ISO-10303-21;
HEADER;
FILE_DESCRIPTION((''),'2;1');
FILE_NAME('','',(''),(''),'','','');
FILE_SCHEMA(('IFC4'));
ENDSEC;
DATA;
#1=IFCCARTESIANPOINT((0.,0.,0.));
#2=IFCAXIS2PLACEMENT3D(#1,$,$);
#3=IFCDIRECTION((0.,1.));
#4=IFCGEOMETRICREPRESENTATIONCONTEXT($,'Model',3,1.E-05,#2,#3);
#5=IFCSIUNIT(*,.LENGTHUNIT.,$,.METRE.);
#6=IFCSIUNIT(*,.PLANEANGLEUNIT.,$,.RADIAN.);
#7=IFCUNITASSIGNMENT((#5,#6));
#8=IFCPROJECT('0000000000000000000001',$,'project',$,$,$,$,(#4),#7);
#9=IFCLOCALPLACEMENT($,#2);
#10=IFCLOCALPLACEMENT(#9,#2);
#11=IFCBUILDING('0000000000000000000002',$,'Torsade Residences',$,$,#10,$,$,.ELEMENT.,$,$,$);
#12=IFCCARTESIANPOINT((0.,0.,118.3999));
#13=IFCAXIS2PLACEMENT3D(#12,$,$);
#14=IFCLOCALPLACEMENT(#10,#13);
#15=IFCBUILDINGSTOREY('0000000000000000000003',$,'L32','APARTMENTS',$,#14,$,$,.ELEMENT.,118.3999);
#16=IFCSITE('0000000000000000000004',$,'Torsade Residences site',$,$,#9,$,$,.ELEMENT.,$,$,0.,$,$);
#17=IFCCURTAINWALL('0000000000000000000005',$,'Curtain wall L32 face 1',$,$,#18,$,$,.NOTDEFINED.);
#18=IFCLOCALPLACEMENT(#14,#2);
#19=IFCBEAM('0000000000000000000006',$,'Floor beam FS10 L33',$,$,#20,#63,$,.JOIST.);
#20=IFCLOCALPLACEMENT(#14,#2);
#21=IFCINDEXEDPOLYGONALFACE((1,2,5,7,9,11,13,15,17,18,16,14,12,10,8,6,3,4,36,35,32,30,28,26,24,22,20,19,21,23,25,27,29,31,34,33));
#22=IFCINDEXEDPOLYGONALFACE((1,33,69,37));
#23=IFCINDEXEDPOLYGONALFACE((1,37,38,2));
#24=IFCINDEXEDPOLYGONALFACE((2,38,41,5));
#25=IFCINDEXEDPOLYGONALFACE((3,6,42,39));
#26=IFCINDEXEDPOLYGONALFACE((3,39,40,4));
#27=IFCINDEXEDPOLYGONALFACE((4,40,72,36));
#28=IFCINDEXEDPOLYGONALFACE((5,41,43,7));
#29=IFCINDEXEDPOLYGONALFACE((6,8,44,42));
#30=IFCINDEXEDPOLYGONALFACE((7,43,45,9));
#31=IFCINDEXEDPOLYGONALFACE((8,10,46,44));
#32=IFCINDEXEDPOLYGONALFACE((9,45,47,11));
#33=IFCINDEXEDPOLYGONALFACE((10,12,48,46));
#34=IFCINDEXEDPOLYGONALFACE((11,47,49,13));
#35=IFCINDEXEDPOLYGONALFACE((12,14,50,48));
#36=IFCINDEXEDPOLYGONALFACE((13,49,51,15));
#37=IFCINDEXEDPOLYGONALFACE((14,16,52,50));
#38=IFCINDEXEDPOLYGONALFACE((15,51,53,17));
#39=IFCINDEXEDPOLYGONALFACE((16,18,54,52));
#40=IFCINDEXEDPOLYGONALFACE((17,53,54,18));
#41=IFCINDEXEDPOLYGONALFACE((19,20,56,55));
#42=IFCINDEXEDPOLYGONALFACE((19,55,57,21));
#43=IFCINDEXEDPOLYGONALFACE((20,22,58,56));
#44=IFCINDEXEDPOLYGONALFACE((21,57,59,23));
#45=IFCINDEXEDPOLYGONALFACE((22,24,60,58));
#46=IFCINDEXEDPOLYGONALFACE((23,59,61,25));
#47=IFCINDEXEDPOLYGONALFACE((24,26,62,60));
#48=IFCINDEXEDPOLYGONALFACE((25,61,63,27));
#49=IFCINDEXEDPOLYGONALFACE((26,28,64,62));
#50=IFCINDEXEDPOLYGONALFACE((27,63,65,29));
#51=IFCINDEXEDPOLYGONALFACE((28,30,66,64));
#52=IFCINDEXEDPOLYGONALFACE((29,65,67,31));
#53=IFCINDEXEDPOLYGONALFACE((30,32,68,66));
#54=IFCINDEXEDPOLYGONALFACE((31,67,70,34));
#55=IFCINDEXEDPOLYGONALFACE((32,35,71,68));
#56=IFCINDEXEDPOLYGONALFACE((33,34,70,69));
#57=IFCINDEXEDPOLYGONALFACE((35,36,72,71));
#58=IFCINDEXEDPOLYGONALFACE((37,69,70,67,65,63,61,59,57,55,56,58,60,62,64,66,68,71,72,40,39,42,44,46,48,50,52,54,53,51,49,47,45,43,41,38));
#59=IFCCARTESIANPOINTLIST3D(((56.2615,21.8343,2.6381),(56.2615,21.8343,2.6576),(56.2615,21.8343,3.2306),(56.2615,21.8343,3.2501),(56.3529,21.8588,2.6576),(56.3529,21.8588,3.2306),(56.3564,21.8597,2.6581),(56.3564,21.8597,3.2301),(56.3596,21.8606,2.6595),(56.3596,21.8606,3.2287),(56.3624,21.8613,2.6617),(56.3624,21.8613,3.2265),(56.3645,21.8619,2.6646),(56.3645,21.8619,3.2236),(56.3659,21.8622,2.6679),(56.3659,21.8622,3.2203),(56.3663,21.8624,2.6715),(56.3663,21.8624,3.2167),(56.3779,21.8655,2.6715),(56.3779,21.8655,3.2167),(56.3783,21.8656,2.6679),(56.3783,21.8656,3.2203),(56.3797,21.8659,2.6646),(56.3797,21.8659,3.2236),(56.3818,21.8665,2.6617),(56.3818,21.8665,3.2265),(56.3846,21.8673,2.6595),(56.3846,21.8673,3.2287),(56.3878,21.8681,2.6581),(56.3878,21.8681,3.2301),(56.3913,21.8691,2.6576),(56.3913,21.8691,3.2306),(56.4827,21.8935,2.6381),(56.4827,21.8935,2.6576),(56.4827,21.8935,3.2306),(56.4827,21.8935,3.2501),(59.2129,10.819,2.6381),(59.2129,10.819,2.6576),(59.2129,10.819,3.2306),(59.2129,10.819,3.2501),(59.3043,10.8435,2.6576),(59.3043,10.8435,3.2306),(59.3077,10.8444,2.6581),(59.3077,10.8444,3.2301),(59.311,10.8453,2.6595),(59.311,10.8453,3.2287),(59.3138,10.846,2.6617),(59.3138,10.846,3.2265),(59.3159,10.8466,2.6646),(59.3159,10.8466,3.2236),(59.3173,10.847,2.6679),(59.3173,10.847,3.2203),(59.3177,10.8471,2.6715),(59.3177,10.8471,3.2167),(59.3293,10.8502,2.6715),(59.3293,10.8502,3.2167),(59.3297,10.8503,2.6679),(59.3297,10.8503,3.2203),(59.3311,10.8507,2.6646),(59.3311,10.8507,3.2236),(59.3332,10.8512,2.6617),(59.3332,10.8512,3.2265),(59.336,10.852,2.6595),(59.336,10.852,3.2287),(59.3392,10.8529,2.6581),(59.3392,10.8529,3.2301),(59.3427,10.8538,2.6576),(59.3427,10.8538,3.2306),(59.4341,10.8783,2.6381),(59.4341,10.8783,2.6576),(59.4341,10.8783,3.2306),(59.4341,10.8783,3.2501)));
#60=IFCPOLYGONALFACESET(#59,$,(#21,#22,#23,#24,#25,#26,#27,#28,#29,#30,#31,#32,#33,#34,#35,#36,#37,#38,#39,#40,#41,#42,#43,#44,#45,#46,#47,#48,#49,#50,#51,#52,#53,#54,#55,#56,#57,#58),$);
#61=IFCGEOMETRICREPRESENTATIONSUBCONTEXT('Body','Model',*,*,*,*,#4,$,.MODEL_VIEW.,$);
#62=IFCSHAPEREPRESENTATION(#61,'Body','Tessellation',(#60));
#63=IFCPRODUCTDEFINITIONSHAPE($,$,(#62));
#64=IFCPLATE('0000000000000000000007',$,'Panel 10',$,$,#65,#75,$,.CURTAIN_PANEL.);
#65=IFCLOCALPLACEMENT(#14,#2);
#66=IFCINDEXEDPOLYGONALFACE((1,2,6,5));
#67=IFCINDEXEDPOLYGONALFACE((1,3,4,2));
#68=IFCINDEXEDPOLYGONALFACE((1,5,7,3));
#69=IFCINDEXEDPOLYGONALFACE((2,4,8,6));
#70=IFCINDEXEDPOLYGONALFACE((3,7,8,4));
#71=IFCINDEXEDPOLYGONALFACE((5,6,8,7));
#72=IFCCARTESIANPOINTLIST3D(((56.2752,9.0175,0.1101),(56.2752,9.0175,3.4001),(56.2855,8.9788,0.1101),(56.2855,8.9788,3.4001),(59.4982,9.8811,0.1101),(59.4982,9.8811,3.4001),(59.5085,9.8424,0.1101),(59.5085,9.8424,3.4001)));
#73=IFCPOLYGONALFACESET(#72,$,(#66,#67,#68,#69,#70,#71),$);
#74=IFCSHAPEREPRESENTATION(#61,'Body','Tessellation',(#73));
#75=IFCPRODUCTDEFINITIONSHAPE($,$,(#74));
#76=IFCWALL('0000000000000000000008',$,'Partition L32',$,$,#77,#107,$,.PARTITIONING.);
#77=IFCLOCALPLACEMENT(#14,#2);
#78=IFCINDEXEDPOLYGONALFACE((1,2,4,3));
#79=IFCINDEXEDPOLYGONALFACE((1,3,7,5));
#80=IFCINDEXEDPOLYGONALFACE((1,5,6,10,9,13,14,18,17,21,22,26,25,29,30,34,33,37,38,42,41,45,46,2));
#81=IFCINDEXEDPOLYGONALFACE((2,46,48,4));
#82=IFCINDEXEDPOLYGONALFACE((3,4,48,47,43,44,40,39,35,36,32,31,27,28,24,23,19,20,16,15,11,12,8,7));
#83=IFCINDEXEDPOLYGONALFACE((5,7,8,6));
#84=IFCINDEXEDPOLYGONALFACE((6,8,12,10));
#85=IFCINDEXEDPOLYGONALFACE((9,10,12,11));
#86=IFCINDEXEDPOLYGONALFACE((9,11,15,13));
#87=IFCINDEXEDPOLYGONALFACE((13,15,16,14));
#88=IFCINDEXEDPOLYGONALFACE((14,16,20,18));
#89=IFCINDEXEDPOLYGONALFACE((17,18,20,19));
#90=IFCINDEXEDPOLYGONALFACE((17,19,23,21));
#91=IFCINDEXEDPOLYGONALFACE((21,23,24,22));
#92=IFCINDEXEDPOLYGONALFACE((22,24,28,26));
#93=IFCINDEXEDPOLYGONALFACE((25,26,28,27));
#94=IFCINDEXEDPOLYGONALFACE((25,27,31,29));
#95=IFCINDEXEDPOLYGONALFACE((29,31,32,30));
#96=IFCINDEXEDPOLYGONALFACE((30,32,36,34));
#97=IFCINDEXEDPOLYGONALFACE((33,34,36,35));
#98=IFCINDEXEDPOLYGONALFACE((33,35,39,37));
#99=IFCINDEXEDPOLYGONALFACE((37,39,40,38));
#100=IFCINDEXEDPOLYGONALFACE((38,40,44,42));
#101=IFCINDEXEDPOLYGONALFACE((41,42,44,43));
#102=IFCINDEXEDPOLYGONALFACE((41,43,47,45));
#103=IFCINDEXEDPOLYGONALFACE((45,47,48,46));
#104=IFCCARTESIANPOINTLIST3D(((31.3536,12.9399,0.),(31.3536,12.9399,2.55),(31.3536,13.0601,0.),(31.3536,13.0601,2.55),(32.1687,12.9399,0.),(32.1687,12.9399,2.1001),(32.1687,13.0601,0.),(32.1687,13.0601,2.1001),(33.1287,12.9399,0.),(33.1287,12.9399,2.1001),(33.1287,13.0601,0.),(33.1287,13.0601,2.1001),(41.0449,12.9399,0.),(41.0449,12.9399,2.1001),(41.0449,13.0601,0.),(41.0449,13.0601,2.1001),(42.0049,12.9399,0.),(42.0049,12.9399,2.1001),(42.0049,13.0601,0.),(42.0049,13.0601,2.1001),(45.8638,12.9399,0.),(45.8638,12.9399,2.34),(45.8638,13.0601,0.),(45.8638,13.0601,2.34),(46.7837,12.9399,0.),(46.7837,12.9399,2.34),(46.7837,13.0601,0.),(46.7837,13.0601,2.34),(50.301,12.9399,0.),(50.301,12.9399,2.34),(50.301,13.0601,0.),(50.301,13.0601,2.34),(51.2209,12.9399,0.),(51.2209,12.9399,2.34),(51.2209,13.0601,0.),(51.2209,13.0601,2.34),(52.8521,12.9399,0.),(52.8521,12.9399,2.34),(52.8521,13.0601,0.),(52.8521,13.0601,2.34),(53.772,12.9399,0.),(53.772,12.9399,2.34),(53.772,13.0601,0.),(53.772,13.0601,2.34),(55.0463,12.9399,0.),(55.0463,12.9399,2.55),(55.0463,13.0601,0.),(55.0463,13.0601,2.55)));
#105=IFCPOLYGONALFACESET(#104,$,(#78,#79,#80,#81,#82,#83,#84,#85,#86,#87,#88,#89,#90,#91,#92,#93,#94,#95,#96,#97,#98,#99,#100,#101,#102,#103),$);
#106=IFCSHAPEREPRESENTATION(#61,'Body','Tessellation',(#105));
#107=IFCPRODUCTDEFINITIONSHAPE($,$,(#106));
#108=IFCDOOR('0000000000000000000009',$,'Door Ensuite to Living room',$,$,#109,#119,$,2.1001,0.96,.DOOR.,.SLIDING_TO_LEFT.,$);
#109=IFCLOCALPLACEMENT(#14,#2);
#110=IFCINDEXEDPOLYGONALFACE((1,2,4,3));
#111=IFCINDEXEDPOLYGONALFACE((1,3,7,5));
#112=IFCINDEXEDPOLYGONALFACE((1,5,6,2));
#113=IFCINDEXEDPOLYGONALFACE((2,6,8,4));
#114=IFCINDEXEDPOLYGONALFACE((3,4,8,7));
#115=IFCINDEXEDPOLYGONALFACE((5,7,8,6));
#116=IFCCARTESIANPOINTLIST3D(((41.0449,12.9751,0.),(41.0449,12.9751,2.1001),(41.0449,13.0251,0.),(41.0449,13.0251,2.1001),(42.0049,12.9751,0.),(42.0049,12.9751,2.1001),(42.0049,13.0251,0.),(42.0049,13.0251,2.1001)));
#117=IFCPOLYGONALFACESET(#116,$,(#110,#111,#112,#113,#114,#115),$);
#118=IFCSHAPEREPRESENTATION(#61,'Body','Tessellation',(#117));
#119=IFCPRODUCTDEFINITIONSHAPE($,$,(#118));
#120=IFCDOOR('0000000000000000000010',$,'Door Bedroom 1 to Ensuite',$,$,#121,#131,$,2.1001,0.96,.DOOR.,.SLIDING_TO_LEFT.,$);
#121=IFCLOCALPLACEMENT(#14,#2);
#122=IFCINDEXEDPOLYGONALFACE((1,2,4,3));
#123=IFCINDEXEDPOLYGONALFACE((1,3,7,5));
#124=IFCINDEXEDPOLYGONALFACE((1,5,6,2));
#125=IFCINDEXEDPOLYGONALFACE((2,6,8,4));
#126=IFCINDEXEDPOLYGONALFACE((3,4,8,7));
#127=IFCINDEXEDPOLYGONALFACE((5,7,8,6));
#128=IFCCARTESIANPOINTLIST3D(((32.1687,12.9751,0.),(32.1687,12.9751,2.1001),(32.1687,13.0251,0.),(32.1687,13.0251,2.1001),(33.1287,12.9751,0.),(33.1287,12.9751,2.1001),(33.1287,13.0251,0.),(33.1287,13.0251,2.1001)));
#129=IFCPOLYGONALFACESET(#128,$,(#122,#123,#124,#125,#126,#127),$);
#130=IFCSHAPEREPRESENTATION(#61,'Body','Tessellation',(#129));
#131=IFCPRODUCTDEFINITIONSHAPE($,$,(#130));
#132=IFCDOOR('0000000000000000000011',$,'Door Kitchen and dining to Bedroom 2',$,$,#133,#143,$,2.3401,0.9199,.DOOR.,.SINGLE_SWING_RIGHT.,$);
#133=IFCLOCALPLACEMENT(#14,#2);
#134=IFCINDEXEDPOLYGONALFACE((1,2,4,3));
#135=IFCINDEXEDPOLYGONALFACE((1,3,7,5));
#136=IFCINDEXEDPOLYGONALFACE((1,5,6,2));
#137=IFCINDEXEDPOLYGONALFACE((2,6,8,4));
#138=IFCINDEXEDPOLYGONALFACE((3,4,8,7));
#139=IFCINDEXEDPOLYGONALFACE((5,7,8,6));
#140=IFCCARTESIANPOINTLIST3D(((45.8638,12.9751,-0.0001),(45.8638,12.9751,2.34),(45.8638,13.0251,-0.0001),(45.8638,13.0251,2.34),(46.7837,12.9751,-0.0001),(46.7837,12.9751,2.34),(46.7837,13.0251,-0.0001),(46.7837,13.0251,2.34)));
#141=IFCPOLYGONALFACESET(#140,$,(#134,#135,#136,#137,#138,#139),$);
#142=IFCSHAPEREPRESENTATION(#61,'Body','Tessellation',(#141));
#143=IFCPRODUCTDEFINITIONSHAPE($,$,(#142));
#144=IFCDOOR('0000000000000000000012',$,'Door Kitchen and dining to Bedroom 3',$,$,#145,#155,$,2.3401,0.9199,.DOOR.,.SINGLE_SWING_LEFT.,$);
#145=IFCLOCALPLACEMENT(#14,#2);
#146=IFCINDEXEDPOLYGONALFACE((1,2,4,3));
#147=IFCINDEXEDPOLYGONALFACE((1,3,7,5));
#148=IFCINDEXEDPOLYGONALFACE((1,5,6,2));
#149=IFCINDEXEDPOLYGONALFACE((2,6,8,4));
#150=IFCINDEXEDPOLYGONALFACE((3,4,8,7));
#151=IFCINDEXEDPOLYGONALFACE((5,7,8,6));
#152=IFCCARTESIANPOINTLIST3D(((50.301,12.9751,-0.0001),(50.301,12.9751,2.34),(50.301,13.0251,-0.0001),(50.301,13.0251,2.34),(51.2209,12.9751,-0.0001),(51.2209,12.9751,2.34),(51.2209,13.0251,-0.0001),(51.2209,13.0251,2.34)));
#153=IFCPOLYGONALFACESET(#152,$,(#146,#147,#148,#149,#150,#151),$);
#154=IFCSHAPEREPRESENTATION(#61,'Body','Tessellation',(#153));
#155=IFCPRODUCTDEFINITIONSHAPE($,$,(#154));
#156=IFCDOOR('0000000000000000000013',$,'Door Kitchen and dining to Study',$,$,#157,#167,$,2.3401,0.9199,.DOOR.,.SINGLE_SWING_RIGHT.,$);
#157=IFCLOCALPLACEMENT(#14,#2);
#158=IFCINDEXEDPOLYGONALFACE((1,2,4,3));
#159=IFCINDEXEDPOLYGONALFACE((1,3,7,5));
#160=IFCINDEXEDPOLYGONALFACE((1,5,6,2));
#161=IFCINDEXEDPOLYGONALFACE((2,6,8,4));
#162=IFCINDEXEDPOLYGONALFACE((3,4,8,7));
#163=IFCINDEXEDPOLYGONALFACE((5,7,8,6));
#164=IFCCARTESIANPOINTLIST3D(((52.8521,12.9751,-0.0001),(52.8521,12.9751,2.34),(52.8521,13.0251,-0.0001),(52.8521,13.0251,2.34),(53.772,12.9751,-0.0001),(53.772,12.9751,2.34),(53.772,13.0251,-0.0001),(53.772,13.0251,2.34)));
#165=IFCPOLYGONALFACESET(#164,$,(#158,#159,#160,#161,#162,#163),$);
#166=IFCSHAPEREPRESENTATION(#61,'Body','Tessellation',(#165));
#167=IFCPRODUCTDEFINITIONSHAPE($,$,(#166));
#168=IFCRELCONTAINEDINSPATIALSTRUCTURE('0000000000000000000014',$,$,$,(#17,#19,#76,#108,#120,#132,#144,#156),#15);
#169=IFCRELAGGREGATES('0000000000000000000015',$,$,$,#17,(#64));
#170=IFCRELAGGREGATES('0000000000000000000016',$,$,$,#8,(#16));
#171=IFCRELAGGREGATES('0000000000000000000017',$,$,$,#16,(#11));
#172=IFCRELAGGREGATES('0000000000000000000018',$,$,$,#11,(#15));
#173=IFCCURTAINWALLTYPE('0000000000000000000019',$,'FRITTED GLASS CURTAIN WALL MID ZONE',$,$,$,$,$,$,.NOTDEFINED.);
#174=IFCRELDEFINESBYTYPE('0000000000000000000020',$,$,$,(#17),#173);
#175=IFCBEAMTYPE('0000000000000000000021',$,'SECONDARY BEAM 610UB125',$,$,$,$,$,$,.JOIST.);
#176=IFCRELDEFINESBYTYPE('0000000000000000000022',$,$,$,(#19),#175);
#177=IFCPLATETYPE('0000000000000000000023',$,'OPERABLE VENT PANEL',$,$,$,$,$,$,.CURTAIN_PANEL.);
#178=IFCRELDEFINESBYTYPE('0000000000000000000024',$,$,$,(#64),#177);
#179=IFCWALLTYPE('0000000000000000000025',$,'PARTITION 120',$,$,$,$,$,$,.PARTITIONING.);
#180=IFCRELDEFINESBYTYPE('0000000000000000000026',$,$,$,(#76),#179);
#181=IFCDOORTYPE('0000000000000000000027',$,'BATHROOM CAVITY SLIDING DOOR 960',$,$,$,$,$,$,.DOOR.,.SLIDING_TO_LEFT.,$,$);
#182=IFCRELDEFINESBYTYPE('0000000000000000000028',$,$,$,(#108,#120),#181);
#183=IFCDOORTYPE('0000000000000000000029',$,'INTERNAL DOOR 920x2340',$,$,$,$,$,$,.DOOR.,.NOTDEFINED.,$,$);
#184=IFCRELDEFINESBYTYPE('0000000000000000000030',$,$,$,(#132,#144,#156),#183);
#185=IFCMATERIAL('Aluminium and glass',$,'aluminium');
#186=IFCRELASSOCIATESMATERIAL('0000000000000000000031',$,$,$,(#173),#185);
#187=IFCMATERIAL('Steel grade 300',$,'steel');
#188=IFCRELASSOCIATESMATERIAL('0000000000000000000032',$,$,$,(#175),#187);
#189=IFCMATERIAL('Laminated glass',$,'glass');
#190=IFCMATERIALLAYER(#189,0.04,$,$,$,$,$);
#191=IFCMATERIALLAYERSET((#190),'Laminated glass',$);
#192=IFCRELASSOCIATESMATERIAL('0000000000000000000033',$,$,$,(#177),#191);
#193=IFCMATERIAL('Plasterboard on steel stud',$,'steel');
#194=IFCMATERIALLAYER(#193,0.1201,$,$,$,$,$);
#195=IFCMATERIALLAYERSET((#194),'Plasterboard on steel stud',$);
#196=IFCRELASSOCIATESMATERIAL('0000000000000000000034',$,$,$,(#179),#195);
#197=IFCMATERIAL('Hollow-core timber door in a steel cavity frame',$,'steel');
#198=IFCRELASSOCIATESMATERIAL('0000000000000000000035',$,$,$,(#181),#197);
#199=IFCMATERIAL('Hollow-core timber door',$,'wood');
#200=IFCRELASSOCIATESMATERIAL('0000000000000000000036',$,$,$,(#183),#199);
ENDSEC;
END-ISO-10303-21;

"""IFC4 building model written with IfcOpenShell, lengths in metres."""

from ifc_helpers import new_model, si_unit, direction, frame, frame_2d, origin, origin_2d, place, context, subcontext, project, spatial, rectangle, i_section, extrude, material, layer, layer_set, material_profile, profile_set, type_object, element, fill, aggregate, save


model = new_model("IFC4")

# Units and contexts
model_context = context("Model", 3, precision=1e-05, world=origin(), true_north=direction((0.0, 1.0)))
body_context = subcontext(model_context, "Body", "Model", "MODEL_VIEW")
ifc_project = project(units=[si_unit("LENGTHUNIT", "METRE"), si_unit("PLANEANGLEUNIT", "RADIAN")], contexts=[model_context])

# Site, building, storey
site_placement = place(None, origin())
site = spatial("IfcSite", under=ifc_project, at=site_placement, Name="Torsade Residences site", CompositionType="ELEMENT", RefElevation=0.0)
building_placement = place(site_placement, origin())
building = spatial("IfcBuilding", under=site, at=building_placement, Name="Torsade Residences", CompositionType="ELEMENT")
storey_placement = place(building_placement, frame((0.0, 0.0, 118.3999)))
storey = spatial("IfcBuildingStorey", under=building, at=storey_placement, Name="L32", Description="APARTMENTS", CompositionType="ELEMENT", Elevation=118.3999)

# Curtain wall
ifc_material_1 = material(Name="Aluminium and glass", Category="aluminium")
curtain_wall_type = type_object("IfcCurtainWallType", Name="FRITTED GLASS CURTAIN WALL MID ZONE", PredefinedType="NOTDEFINED", material=ifc_material_1)
curtain_wall_placement = place(storey_placement, origin())
curtain_wall = element("IfcCurtainWall", 1, at=curtain_wall_placement, inside=storey, type_object=curtain_wall_type, Name="Curtain wall L32 face 1", PredefinedType="NOTDEFINED")

# Beam
ifc_material_2 = material(Name="Steel grade 300", Category="steel")
ifc_material_profile_1 = material_profile(ifc_material_2, i_section(OverallWidth=0.229, OverallDepth=0.6121, WebThickness=0.012, FlangeThickness=0.0195, FilletRadius=0.0139, at=origin_2d()), Name="610UB125")
ifc_profile_set_1 = profile_set([ifc_material_profile_1], Name="Steel grade 300")
beam_type_1 = type_object("IfcBeamType", Name="SECONDARY BEAM 610UB125", PredefinedType="JOIST", material=ifc_profile_set_1)
beam_1_placement = place(storey_placement, frame((59.3235, 10.8486, 2.9441), z_axis=(-0.258807, 0.965929, 0.0), x_axis=(-0.965929, -0.258807, 0.0)))
element("IfcBeam", 2, at=beam_1_placement, inside=storey, type_object=beam_type_1, Name="Floor beam FS10 L33", PredefinedType="JOIST", context=body_context, shape_type="SweptSolid", body=[
    extrude(i_section(OverallWidth=0.229, OverallDepth=0.6121, WebThickness=0.012, FlangeThickness=0.0195, FilletRadius=0.0139, at=origin_2d()), origin(), (0.0, 0.0, 1.0), 11.4038),
])

# Plate
ifc_material_3 = material(Name="Laminated glass", Category="glass")
ifc_layer_1 = layer(ifc_material_3, 0.04)
ifc_layer_set_1 = layer_set([ifc_layer_1], Name="Laminated glass")
plate_type = type_object("IfcPlateType", Name="OPERABLE VENT PANEL", PredefinedType="CURTAIN_PANEL", material=ifc_layer_set_1)
plate_placement = place(storey_placement, frame((57.8918, 9.4299, 0.1101), z_axis=(0.0, 0.0, 1.0), x_axis=(0.965926, 0.258819, 0.0)))
plate = element("IfcPlate", 3, at=plate_placement, type_object=plate_type, Name="Panel 10", PredefinedType="CURTAIN_PANEL", context=body_context, shape_type="SweptSolid", body=[
    extrude(rectangle(XDim=3.3367, YDim=0.04, at=origin_2d()), origin(), (0.0, 0.0, 1.0), 3.29),
])
aggregate(curtain_wall, [plate])

# Wall, openings, doors
ifc_material_4 = material(Name="Plasterboard on steel stud", Category="steel")
ifc_layer_2 = layer(ifc_material_4, 0.1201)
ifc_layer_set_2 = layer_set([ifc_layer_2], Name="Plasterboard on steel stud")
wall_type_1 = type_object("IfcWallType", Name="PARTITION 120", PredefinedType="PARTITIONING", material=ifc_layer_set_2)
wall_1_placement = place(storey_placement, frame((55.0461, 13.0, 0.0), z_axis=(0.0, 0.0, 1.0), x_axis=(-1.0, 0.0, 0.0)))
wall_1 = element("IfcWall", 4, at=wall_1_placement, inside=storey, type_object=wall_type_1, Name="Partition L32", PredefinedType="PARTITIONING", context=body_context, shape_type="SweptSolid", body=[
    extrude(rectangle(XDim=23.6926, YDim=0.1201, at=frame_2d((11.8462, 0.0))), origin(), (0.0, 0.0, 1.0), 2.55),
])
opening_1_placement = place(wall_1_placement, frame((8.2625, 0.0, 0.0)))
opening_1 = element("IfcOpeningElement", 5, at=opening_1_placement, cuts=wall_1, PredefinedType="OPENING", context=body_context, shape_type="SweptSolid", body=[
    extrude(rectangle(XDim=0.9199, YDim=2.3401, at=frame_2d((0.46, 1.1699))), frame((0.0, 0.0701, 0.0), z_axis=(0.0, -1.0, 0.0), x_axis=(1.0, 0.0, 0.0)), (0.0, 0.0, 1.0), 0.1401),
])
opening_2_placement = place(wall_1_placement, frame((3.8252, 0.0, 0.0)))
opening_2 = element("IfcOpeningElement", 6, at=opening_2_placement, cuts=wall_1, PredefinedType="OPENING", context=body_context, shape_type="SweptSolid", body=[
    extrude(rectangle(XDim=0.9199, YDim=2.3401, at=frame_2d((0.46, 1.1699))), frame((0.0, 0.0701, 0.0), z_axis=(0.0, -1.0, 0.0), x_axis=(1.0, 0.0, 0.0)), (0.0, 0.0, 1.0), 0.1401),
])
opening_3_placement = place(wall_1_placement, frame((1.2742, 0.0, 0.0)))
opening_3 = element("IfcOpeningElement", 7, at=opening_3_placement, cuts=wall_1, PredefinedType="OPENING", context=body_context, shape_type="SweptSolid", body=[
    extrude(rectangle(XDim=0.9199, YDim=2.3401, at=frame_2d((0.46, 1.1699))), frame((0.0, 0.0701, 0.0), z_axis=(0.0, -1.0, 0.0), x_axis=(1.0, 0.0, 0.0)), (0.0, 0.0, 1.0), 0.1401),
])
opening_4_placement = place(wall_1_placement, frame((13.0413, 0.0, 0.0)))
opening_4 = element("IfcOpeningElement", 8, at=opening_4_placement, cuts=wall_1, PredefinedType="OPENING", context=body_context, shape_type="SweptSolid", body=[
    extrude(rectangle(XDim=0.96, YDim=2.1001, at=frame_2d((0.48, 1.05))), frame((0.0, 0.0701, 0.0), z_axis=(0.0, -1.0, 0.0), x_axis=(1.0, 0.0, 0.0)), (0.0, 0.0, 1.0), 0.1401),
])
opening_5_placement = place(wall_1_placement, frame((21.9175, 0.0, 0.0)))
opening_5 = element("IfcOpeningElement", 9, at=opening_5_placement, cuts=wall_1, PredefinedType="OPENING", context=body_context, shape_type="SweptSolid", body=[
    extrude(rectangle(XDim=0.96, YDim=2.1001, at=frame_2d((0.48, 1.05))), frame((0.0, 0.0701, 0.0), z_axis=(0.0, -1.0, 0.0), x_axis=(1.0, 0.0, 0.0)), (0.0, 0.0, 1.0), 0.1401),
])
ifc_material_5 = material(Name="Hollow-core timber door in a steel cavity frame", Category="steel")
door_type_1 = type_object("IfcDoorType", Name="BATHROOM CAVITY SLIDING DOOR 960", OperationType="SLIDING_TO_LEFT", PredefinedType="DOOR", material=ifc_material_5)
door_1_placement = place(opening_4_placement, origin())
door_1 = element("IfcDoor", 10, at=door_1_placement, inside=storey, type_object=door_type_1, Name="Door Ensuite to Living room", OperationType="SLIDING_TO_LEFT", OverallHeight=2.1001, OverallWidth=0.96, PredefinedType="DOOR", context=body_context, shape_type="SweptSolid", body=[
    extrude(rectangle(XDim=0.96, YDim=2.1001, at=frame_2d((0.48, 1.05))), frame((0.0, 0.0249, 0.0), z_axis=(0.0, -1.0, 0.0), x_axis=(1.0, 0.0, 0.0)), (0.0, 0.0, 1.0), 0.05),
])
fill(opening_4, door_1)
door_2_placement = place(opening_5_placement, origin())
door_2 = element("IfcDoor", 11, at=door_2_placement, inside=storey, type_object=door_type_1, Name="Door Bedroom 1 to Ensuite", OperationType="SLIDING_TO_LEFT", OverallHeight=2.1001, OverallWidth=0.96, PredefinedType="DOOR", context=body_context, shape_type="SweptSolid", body=[
    extrude(rectangle(XDim=0.96, YDim=2.1001, at=frame_2d((0.48, 1.05))), frame((0.0, 0.0249, 0.0), z_axis=(0.0, -1.0, 0.0), x_axis=(1.0, 0.0, 0.0)), (0.0, 0.0, 1.0), 0.05),
])
fill(opening_5, door_2)
ifc_material_6 = material(Name="Hollow-core timber door", Category="wood")
door_type_2 = type_object("IfcDoorType", Name="INTERNAL DOOR 920x2340", OperationType="NOTDEFINED", PredefinedType="DOOR", material=ifc_material_6)
door_3_placement = place(opening_1_placement, origin())
door_3 = element("IfcDoor", 12, at=door_3_placement, inside=storey, type_object=door_type_2, Name="Door Kitchen and dining to Bedroom 2", OperationType="SINGLE_SWING_RIGHT", OverallHeight=2.3401, OverallWidth=0.9199, PredefinedType="DOOR", context=body_context, shape_type="SweptSolid", body=[
    extrude(rectangle(XDim=0.9199, YDim=2.3401, at=frame_2d((0.46, 1.1699))), frame((0.0, 0.0249, 0.0), z_axis=(0.0, -1.0, 0.0), x_axis=(1.0, 0.0, 0.0)), (0.0, 0.0, 1.0), 0.05),
])
fill(opening_1, door_3)
door_4_placement = place(opening_2_placement, origin())
door_4 = element("IfcDoor", 13, at=door_4_placement, inside=storey, type_object=door_type_2, Name="Door Kitchen and dining to Bedroom 3", OperationType="SINGLE_SWING_LEFT", OverallHeight=2.3401, OverallWidth=0.9199, PredefinedType="DOOR", context=body_context, shape_type="SweptSolid", body=[
    extrude(rectangle(XDim=0.9199, YDim=2.3401, at=frame_2d((0.46, 1.1699))), frame((0.0, 0.0249, 0.0), z_axis=(0.0, -1.0, 0.0), x_axis=(1.0, 0.0, 0.0)), (0.0, 0.0, 1.0), 0.05),
])
fill(opening_2, door_4)
door_5_placement = place(opening_3_placement, origin())
door_5 = element("IfcDoor", 14, at=door_5_placement, inside=storey, type_object=door_type_2, Name="Door Kitchen and dining to Study", OperationType="SINGLE_SWING_RIGHT", OverallHeight=2.3401, OverallWidth=0.9199, PredefinedType="DOOR", context=body_context, shape_type="SweptSolid", body=[
    extrude(rectangle(XDim=0.9199, YDim=2.3401, at=frame_2d((0.46, 1.1699))), frame((0.0, 0.0249, 0.0), z_axis=(0.0, -1.0, 0.0), x_axis=(1.0, 0.0, 0.0)), (0.0, 0.0, 1.0), 0.05),
])
fill(opening_3, door_5)

save(model, "model.ifc")
